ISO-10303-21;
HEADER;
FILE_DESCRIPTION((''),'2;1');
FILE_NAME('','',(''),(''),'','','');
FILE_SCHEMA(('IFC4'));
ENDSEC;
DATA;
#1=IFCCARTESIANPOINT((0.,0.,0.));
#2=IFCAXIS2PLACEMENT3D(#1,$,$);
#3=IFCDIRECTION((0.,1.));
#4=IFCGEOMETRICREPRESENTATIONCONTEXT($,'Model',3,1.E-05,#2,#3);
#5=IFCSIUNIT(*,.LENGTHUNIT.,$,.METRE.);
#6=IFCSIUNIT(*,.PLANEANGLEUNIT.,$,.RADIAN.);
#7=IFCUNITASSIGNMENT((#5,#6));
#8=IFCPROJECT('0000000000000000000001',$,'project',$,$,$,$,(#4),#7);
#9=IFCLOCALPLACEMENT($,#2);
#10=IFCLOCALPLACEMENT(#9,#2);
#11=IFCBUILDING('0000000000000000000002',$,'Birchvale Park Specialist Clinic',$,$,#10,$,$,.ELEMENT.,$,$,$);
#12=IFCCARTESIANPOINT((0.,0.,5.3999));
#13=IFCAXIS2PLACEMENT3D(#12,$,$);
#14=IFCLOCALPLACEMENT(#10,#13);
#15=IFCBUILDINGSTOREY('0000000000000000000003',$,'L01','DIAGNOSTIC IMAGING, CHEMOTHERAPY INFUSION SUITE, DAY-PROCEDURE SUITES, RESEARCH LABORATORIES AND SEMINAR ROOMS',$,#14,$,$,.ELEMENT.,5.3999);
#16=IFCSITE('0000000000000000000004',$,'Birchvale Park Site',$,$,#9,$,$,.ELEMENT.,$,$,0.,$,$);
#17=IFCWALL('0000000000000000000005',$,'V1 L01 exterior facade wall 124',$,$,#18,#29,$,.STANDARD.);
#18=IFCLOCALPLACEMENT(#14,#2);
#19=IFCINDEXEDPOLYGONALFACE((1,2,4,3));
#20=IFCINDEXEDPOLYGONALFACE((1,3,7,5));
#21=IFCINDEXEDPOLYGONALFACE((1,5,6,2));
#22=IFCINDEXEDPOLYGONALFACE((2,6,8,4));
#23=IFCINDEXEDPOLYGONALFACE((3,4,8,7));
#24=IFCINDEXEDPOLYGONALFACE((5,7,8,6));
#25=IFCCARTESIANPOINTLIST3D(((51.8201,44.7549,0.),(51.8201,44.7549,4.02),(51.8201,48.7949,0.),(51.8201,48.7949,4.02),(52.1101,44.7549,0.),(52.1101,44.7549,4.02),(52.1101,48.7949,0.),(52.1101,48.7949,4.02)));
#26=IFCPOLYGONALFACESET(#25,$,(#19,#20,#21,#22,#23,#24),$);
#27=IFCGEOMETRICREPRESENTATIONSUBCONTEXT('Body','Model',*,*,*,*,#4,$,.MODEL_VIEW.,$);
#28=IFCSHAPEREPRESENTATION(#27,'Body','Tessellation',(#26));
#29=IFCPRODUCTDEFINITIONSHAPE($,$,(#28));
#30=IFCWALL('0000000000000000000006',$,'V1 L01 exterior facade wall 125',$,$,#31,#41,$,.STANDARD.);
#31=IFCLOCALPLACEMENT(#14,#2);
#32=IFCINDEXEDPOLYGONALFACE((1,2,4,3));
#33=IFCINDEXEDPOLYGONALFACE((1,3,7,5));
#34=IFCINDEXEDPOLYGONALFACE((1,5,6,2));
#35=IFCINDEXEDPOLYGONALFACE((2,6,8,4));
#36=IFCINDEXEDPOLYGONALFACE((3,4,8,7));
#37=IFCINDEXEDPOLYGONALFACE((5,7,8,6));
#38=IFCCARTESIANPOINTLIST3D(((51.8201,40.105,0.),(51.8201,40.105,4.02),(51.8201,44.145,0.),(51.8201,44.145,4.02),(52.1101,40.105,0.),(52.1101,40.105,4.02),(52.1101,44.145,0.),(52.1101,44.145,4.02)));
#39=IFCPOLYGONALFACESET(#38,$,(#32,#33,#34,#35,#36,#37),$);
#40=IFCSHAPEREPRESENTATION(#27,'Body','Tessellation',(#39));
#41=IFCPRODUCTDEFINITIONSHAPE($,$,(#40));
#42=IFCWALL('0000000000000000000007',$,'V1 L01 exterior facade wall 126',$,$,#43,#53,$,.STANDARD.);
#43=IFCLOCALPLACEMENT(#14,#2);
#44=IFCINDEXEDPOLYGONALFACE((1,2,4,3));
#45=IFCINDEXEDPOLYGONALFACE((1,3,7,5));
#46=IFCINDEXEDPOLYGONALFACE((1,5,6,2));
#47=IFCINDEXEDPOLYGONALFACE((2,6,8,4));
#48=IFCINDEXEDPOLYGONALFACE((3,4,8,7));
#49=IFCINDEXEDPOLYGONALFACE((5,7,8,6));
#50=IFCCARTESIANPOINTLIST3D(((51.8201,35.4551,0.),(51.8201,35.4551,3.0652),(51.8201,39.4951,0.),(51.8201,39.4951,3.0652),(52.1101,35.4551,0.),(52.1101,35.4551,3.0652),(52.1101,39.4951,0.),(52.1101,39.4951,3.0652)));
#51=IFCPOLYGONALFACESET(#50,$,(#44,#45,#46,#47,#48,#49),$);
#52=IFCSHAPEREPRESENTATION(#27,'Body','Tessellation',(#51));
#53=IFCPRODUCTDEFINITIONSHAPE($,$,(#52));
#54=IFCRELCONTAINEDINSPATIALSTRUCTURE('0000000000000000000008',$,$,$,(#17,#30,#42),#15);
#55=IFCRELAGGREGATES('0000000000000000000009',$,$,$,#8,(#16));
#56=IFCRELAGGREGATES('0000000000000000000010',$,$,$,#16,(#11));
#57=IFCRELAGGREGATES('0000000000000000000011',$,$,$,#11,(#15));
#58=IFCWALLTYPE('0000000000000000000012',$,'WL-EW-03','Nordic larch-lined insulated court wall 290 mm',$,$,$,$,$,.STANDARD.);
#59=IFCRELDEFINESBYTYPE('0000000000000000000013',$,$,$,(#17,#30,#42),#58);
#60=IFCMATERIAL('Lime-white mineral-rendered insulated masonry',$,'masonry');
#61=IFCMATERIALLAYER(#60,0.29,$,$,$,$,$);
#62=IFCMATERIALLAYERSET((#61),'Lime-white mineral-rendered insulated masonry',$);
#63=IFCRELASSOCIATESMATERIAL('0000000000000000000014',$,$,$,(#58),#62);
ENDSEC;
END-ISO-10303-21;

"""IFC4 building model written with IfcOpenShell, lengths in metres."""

from ifc_helpers import new_model, si_unit, direction, frame, frame_2d, origin, place, context, subcontext, project, spatial, rectangle, extrude, material, layer, layer_set, type_object, element, save


model = new_model("IFC4")

# Units and contexts
model_context = context("Model", 3, precision=1e-05, world=origin(), true_north=direction((0.0, 1.0)))
body_context = subcontext(model_context, "Body", "Model", "MODEL_VIEW")
ifc_project = project(units=[si_unit("LENGTHUNIT", "METRE"), si_unit("PLANEANGLEUNIT", "RADIAN")], contexts=[model_context])

# Site, building, storey
site_placement = place(None, origin())
site = spatial("IfcSite", under=ifc_project, at=site_placement, Name="Birchvale Park Site", CompositionType="ELEMENT", RefElevation=0.0)
building_placement = place(site_placement, origin())
building = spatial("IfcBuilding", under=site, at=building_placement, Name="Birchvale Park Specialist Clinic", CompositionType="ELEMENT")
storey_placement = place(building_placement, frame((0.0, 0.0, 5.3999)))
storey = spatial("IfcBuildingStorey", under=building, at=storey_placement, Name="L01", Description="DIAGNOSTIC IMAGING, CHEMOTHERAPY INFUSION SUITE, DAY-PROCEDURE SUITES, RESEARCH LABORATORIES AND SEMINAR ROOMS", CompositionType="ELEMENT", Elevation=5.3999)

# Walls
ifc_material_1 = material(Name="Lime-white mineral-rendered insulated masonry", Category="masonry")
ifc_layer_1 = layer(ifc_material_1, 0.29)
ifc_layer_set_1 = layer_set([ifc_layer_1], Name="Lime-white mineral-rendered insulated masonry")
wall_type = type_object("IfcWallType", Name="WL-EW-03", Description="Nordic larch-lined insulated court wall 290 mm", PredefinedType="STANDARD", material=ifc_layer_set_1)
for number, where, z_axis, x_axis, name in (
    (1, (51.9651, 48.7949, 0.0), (0.0, 0.0, 1.0), (0.0, -1.0, 0.0), "V1 L01 exterior facade wall 124"),
    (2, (51.9651, 44.145, 0.0), (0.0, 0.0, 1.0), (0.0, -1.0, 0.0), "V1 L01 exterior facade wall 125"),
):
    element("IfcWall", number, at=place(storey_placement, frame(where, z_axis=z_axis, x_axis=x_axis)), inside=storey, type_object=wall_type, Name=name, PredefinedType="STANDARD", context=body_context, shape_type="SweptSolid", body=[
        extrude(rectangle(XDim=4.04, YDim=0.29, at=frame_2d((2.02, 0.0))), origin(), (0.0, 0.0, 1.0), 4.02),
    ])
wall_placement = place(storey_placement, frame((51.9651, 39.4951, 0.0), z_axis=(0.0, 0.0, 1.0), x_axis=(0.0, -1.0, 0.0)))
element("IfcWall", 3, at=wall_placement, inside=storey, type_object=wall_type, Name="V1 L01 exterior facade wall 126", PredefinedType="STANDARD", context=body_context, shape_type="SweptSolid", body=[
    extrude(rectangle(XDim=4.04, YDim=0.29, at=frame_2d((2.02, 0.0))), origin(), (0.0, 0.0, 1.0), 3.0652),
])

save(model, "model.ifc")
